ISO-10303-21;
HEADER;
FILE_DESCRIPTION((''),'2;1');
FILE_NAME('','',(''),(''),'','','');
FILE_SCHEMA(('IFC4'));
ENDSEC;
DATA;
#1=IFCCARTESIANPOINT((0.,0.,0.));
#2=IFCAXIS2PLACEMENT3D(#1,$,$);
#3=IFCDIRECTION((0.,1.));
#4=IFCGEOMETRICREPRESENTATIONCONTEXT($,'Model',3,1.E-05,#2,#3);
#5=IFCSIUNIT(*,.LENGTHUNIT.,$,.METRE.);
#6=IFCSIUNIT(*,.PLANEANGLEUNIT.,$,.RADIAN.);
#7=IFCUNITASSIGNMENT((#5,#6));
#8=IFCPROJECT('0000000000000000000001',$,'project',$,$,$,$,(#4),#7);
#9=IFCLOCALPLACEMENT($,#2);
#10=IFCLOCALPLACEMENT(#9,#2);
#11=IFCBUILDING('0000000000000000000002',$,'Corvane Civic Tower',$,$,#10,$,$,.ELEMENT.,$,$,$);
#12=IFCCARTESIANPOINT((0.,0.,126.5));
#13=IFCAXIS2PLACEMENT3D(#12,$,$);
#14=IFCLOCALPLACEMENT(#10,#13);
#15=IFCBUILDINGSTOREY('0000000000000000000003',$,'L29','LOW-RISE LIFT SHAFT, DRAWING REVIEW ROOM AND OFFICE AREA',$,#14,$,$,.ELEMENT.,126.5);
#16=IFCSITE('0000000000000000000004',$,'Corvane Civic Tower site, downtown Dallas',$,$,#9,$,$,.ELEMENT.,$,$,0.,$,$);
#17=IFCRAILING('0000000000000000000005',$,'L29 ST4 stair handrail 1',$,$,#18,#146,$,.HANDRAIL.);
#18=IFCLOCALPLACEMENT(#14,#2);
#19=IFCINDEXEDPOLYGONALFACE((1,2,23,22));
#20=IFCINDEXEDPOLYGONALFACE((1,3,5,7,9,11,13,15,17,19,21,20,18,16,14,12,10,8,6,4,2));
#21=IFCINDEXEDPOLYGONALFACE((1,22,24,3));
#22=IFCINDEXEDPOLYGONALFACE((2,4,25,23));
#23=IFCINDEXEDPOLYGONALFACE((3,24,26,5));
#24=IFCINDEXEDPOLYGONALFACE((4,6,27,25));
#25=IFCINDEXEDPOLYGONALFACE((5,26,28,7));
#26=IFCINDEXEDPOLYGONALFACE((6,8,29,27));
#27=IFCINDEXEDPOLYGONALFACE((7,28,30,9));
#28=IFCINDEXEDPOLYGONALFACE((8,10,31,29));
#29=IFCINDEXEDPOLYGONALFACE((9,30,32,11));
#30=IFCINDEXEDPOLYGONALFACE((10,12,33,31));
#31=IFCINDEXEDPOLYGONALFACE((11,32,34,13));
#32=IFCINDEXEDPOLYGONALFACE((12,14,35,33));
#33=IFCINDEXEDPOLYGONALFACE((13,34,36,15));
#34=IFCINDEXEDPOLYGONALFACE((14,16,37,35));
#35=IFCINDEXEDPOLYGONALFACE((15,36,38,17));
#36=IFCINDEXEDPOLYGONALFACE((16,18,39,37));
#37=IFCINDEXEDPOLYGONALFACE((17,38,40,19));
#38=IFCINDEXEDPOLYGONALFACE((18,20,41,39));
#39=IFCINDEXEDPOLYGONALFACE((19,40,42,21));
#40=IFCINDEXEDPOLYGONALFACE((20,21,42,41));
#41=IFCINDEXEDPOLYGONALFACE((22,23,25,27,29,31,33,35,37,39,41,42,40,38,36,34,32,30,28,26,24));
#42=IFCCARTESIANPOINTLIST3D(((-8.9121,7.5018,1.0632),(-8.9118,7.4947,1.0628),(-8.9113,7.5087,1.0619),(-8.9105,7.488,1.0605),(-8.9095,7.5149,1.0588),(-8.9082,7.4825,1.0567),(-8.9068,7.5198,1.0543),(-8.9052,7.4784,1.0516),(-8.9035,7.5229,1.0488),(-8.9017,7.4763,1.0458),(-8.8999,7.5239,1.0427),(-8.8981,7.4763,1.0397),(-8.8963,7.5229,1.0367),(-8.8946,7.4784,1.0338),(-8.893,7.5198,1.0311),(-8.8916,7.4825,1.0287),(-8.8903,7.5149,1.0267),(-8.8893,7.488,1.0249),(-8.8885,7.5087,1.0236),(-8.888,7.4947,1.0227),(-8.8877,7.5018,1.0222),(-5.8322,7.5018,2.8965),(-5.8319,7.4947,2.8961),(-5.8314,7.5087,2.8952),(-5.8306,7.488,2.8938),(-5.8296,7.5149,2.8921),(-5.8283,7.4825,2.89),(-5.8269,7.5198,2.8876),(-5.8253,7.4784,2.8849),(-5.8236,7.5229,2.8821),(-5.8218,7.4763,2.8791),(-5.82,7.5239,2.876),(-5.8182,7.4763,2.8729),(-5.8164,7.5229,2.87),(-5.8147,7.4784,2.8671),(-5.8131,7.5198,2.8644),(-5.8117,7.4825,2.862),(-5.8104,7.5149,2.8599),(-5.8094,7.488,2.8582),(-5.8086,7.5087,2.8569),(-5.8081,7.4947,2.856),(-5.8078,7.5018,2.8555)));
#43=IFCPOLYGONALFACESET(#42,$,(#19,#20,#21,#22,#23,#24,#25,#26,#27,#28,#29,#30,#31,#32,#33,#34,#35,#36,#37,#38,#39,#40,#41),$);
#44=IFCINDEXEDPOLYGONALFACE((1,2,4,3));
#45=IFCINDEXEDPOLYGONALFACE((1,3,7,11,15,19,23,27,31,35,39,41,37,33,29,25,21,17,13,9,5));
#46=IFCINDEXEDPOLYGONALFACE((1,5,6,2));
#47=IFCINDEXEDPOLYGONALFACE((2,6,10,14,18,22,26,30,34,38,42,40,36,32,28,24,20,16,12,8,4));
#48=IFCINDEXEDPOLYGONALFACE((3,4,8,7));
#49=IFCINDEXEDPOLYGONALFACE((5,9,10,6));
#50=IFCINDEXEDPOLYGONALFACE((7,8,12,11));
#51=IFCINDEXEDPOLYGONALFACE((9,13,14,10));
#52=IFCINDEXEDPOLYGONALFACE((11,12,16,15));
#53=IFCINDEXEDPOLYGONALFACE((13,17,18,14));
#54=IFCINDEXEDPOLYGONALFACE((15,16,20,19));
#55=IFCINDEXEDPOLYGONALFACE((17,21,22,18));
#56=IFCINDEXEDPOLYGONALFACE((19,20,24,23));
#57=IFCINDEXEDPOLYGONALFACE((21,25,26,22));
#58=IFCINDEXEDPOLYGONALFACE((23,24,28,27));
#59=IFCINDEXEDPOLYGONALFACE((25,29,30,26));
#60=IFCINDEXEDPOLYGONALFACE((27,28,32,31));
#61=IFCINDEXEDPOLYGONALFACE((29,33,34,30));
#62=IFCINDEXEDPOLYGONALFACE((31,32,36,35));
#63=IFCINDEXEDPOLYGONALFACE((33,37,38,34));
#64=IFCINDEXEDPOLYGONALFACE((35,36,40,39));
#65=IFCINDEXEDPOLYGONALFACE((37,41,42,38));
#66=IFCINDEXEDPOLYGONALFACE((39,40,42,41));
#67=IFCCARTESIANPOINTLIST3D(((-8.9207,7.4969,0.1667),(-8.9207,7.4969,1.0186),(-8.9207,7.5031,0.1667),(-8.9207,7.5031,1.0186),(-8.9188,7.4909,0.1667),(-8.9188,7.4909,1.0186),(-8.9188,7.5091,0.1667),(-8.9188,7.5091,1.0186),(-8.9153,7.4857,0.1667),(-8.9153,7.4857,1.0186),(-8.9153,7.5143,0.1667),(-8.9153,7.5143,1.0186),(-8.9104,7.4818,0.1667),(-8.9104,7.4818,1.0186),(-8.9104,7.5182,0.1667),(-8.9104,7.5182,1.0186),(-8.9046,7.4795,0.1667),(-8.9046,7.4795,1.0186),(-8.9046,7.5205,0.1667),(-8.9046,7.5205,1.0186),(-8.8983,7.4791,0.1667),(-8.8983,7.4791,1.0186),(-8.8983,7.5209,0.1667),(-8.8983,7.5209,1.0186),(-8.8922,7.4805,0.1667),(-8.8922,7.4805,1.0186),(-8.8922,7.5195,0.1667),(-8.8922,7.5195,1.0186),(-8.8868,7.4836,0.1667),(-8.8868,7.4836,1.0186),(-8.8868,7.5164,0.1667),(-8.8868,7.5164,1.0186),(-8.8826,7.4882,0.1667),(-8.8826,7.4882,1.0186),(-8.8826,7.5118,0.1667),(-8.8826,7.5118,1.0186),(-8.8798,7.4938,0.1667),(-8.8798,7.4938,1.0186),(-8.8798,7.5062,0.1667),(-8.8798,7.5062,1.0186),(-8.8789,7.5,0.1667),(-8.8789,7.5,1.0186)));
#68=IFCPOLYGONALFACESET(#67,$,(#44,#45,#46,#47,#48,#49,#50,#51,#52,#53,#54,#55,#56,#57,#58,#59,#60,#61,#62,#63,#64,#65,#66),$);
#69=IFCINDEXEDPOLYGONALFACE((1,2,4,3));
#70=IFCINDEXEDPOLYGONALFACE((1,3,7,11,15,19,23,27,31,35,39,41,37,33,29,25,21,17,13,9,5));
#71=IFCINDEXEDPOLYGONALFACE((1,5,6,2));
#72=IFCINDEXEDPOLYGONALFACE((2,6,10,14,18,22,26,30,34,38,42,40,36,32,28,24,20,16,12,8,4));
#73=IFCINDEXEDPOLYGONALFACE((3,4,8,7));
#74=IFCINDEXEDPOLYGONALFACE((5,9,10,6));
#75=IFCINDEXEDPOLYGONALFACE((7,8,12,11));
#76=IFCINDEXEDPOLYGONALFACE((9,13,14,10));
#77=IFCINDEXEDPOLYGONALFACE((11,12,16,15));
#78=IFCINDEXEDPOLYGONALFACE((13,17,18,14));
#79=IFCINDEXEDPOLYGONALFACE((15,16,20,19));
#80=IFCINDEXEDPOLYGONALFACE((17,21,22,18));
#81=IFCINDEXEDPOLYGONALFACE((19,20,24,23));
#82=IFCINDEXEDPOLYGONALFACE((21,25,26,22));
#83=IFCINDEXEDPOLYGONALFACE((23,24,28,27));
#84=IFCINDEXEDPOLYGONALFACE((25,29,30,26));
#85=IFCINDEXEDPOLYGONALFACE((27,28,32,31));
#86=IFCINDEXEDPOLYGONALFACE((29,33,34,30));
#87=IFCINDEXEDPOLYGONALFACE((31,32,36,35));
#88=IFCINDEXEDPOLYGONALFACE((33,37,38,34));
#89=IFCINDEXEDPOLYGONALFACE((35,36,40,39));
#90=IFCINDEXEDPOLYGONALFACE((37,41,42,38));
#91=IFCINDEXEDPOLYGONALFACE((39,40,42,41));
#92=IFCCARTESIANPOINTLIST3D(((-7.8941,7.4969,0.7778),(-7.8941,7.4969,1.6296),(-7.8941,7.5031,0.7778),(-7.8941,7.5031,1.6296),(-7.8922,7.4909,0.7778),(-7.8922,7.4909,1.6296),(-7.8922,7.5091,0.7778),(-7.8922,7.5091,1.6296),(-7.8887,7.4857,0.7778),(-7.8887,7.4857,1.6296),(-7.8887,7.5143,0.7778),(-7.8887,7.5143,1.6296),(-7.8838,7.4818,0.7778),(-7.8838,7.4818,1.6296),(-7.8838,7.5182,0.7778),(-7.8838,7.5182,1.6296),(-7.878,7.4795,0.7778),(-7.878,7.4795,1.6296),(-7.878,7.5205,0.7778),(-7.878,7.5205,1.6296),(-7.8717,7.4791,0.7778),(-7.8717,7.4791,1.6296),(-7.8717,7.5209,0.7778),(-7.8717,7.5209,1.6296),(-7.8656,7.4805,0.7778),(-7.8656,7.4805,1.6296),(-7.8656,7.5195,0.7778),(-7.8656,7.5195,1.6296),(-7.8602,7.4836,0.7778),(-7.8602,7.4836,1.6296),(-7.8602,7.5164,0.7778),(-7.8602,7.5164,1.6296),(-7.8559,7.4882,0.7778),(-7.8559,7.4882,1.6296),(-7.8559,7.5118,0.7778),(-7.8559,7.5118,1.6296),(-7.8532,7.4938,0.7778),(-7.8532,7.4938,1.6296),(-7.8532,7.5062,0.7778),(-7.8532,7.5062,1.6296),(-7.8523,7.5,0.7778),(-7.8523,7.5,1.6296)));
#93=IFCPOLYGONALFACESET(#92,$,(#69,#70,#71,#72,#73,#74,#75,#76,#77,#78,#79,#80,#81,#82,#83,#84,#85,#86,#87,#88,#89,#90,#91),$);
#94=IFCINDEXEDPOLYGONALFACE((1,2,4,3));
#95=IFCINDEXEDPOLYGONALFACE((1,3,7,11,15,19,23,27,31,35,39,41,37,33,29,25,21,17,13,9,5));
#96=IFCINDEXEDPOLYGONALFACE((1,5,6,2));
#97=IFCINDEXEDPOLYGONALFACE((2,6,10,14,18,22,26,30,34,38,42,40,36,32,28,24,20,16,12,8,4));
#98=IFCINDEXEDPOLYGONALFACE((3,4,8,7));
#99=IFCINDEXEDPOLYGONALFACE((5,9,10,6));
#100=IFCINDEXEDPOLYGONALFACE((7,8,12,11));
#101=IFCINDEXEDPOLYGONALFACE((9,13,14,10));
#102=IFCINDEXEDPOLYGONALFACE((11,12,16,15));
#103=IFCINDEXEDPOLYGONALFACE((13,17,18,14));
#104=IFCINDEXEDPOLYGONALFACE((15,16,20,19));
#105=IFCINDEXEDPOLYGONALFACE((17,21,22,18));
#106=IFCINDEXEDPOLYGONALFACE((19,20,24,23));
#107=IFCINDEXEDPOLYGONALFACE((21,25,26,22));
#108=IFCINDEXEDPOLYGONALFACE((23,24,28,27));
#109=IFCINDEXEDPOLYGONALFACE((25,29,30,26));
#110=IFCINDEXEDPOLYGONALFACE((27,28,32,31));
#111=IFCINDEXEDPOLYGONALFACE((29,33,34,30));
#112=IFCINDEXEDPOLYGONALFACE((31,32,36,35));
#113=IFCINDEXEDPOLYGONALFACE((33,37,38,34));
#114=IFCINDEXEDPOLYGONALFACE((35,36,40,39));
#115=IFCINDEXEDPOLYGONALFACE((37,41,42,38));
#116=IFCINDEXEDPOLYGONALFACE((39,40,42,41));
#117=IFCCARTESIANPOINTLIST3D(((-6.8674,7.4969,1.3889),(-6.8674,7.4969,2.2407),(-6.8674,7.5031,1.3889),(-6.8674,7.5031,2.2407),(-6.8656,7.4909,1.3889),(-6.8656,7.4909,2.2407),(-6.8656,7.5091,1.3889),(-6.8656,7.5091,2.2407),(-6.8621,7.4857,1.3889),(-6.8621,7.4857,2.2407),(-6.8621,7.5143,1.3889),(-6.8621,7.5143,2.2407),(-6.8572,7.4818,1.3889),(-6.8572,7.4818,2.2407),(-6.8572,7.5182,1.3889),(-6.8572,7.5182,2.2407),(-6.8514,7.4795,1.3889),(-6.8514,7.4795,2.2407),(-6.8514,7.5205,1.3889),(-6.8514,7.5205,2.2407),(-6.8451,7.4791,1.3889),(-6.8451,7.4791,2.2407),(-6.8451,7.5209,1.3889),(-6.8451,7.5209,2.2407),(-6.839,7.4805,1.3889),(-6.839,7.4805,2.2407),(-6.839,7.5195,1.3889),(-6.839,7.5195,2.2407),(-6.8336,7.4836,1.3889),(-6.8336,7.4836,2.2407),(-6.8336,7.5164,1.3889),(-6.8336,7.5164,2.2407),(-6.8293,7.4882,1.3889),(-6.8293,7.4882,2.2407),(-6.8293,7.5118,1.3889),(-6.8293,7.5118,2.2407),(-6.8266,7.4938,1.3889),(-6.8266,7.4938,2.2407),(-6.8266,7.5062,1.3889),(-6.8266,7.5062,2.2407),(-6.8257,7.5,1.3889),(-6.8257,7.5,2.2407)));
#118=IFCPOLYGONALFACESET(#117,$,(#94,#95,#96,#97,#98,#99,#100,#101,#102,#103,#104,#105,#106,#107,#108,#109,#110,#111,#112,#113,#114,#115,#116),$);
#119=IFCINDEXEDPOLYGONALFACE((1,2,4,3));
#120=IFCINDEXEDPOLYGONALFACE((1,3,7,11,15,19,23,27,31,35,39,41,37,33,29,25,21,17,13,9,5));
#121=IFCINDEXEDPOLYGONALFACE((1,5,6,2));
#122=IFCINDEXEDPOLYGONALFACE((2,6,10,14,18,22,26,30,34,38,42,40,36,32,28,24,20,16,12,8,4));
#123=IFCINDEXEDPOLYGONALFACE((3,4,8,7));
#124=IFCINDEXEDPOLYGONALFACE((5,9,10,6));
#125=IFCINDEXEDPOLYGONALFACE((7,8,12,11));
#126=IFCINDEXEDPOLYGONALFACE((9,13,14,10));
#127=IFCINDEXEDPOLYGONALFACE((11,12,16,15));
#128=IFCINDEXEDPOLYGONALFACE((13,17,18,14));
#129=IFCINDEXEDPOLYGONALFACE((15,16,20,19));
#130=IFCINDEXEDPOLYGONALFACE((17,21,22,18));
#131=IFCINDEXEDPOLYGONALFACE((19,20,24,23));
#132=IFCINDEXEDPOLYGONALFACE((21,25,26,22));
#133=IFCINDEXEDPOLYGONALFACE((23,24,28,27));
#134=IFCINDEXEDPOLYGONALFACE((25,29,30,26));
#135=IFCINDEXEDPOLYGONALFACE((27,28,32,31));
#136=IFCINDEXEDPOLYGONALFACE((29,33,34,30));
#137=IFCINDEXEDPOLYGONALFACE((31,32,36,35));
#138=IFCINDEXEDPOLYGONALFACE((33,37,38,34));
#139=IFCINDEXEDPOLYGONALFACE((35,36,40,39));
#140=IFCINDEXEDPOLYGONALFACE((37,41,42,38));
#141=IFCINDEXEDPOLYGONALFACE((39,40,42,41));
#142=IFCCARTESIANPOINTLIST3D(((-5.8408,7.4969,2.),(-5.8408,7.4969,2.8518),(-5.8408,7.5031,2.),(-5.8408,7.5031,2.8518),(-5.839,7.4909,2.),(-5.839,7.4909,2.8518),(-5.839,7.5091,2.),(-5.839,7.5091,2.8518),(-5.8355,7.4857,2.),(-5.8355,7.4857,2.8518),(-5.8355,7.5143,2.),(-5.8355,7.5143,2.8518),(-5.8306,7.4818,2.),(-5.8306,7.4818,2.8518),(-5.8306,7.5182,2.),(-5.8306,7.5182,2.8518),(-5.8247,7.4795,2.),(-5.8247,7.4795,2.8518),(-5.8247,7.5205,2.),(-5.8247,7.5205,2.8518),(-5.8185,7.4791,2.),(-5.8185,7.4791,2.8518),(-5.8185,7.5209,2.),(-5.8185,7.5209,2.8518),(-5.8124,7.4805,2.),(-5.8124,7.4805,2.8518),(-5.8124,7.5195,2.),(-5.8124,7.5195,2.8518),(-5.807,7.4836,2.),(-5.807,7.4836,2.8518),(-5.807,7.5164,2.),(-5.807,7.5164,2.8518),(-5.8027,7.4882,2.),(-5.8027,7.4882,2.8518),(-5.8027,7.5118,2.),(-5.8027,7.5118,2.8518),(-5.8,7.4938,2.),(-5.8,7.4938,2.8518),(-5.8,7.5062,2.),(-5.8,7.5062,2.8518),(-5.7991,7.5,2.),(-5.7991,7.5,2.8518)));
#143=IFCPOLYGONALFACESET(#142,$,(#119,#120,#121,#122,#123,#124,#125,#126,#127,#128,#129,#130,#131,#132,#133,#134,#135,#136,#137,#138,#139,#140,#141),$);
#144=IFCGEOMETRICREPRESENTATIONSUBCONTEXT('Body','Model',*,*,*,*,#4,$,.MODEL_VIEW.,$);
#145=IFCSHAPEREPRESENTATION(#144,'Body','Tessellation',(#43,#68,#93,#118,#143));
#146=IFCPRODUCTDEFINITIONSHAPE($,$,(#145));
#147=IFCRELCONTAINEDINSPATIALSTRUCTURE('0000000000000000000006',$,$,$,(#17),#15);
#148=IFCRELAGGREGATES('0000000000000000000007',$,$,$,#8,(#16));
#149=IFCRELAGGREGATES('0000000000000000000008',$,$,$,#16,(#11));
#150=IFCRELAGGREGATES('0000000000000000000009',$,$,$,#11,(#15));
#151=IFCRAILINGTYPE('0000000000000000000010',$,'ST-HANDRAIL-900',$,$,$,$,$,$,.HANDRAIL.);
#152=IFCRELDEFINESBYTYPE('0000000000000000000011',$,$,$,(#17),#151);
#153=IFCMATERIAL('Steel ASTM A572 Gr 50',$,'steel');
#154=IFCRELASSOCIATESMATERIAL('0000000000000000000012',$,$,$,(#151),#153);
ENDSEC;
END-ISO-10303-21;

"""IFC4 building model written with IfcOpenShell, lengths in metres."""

from ifc_helpers import new_model, si_unit, direction, frame, origin, origin_2d, place, context, subcontext, project, spatial, circle, extrude, material, type_object, element, save


model = new_model("IFC4")

# Units and contexts
model_context = context("Model", 3, precision=1e-05, world=origin(), true_north=direction((0.0, 1.0)))
body_context = subcontext(model_context, "Body", "Model", "MODEL_VIEW")
ifc_project = project(units=[si_unit("LENGTHUNIT", "METRE"), si_unit("PLANEANGLEUNIT", "RADIAN")], contexts=[model_context])

# Site, building, storey
site_placement = place(None, origin())
site = spatial("IfcSite", under=ifc_project, at=site_placement, Name="Corvane Civic Tower site, downtown Dallas", CompositionType="ELEMENT", RefElevation=0.0)
building_placement = place(site_placement, origin())
building = spatial("IfcBuilding", under=site, at=building_placement, Name="Corvane Civic Tower", CompositionType="ELEMENT")
storey_placement = place(building_placement, frame((0.0, 0.0, 126.5)))
storey = spatial("IfcBuildingStorey", under=building, at=storey_placement, Name="L29", Description="LOW-RISE LIFT SHAFT, DRAWING REVIEW ROOM AND OFFICE AREA", CompositionType="ELEMENT", Elevation=126.5)

# Railing
ifc_material_1 = material(Name="Steel ASTM A572 Gr 50", Category="steel")
railing_type_1 = type_object("IfcRailingType", Name="ST-HANDRAIL-900", PredefinedType="HANDRAIL", material=ifc_material_1)
railing_1_placement = place(storey_placement, frame((-8.8999, 7.5, 0.1667)))
element("IfcRailing", 1, at=railing_1_placement, inside=storey, type_object=railing_type_1, Name="L29 ST4 stair handrail 1", PredefinedType="HANDRAIL", context=body_context, shape_type="SweptSolid", body=[
    extrude(circle(Radius=0.0239, at=origin_2d()), frame((0.0, 0.0, 0.876), z_axis=(0.859291, 0.0, 0.511487), x_axis=(0.0, 1.0, 0.0)), (0.0, 0.0, 1.0), 3.5842),
    extrude(circle(Radius=0.021, at=origin_2d()), origin(), (0.0, 0.0, 1.0), 0.8518),
    extrude(circle(Radius=0.021, at=origin_2d()), frame((1.0266, 0.0, 0.6111)), (0.0, 0.0, 1.0), 0.8518),
    extrude(circle(Radius=0.021, at=origin_2d()), frame((2.0532, 0.0, 1.2222)), (0.0, 0.0, 1.0), 0.8518),
    extrude(circle(Radius=0.021, at=origin_2d()), frame((3.0798, 0.0, 1.8333)), (0.0, 0.0, 1.0), 0.8518),
])

save(model, "model.ifc")
